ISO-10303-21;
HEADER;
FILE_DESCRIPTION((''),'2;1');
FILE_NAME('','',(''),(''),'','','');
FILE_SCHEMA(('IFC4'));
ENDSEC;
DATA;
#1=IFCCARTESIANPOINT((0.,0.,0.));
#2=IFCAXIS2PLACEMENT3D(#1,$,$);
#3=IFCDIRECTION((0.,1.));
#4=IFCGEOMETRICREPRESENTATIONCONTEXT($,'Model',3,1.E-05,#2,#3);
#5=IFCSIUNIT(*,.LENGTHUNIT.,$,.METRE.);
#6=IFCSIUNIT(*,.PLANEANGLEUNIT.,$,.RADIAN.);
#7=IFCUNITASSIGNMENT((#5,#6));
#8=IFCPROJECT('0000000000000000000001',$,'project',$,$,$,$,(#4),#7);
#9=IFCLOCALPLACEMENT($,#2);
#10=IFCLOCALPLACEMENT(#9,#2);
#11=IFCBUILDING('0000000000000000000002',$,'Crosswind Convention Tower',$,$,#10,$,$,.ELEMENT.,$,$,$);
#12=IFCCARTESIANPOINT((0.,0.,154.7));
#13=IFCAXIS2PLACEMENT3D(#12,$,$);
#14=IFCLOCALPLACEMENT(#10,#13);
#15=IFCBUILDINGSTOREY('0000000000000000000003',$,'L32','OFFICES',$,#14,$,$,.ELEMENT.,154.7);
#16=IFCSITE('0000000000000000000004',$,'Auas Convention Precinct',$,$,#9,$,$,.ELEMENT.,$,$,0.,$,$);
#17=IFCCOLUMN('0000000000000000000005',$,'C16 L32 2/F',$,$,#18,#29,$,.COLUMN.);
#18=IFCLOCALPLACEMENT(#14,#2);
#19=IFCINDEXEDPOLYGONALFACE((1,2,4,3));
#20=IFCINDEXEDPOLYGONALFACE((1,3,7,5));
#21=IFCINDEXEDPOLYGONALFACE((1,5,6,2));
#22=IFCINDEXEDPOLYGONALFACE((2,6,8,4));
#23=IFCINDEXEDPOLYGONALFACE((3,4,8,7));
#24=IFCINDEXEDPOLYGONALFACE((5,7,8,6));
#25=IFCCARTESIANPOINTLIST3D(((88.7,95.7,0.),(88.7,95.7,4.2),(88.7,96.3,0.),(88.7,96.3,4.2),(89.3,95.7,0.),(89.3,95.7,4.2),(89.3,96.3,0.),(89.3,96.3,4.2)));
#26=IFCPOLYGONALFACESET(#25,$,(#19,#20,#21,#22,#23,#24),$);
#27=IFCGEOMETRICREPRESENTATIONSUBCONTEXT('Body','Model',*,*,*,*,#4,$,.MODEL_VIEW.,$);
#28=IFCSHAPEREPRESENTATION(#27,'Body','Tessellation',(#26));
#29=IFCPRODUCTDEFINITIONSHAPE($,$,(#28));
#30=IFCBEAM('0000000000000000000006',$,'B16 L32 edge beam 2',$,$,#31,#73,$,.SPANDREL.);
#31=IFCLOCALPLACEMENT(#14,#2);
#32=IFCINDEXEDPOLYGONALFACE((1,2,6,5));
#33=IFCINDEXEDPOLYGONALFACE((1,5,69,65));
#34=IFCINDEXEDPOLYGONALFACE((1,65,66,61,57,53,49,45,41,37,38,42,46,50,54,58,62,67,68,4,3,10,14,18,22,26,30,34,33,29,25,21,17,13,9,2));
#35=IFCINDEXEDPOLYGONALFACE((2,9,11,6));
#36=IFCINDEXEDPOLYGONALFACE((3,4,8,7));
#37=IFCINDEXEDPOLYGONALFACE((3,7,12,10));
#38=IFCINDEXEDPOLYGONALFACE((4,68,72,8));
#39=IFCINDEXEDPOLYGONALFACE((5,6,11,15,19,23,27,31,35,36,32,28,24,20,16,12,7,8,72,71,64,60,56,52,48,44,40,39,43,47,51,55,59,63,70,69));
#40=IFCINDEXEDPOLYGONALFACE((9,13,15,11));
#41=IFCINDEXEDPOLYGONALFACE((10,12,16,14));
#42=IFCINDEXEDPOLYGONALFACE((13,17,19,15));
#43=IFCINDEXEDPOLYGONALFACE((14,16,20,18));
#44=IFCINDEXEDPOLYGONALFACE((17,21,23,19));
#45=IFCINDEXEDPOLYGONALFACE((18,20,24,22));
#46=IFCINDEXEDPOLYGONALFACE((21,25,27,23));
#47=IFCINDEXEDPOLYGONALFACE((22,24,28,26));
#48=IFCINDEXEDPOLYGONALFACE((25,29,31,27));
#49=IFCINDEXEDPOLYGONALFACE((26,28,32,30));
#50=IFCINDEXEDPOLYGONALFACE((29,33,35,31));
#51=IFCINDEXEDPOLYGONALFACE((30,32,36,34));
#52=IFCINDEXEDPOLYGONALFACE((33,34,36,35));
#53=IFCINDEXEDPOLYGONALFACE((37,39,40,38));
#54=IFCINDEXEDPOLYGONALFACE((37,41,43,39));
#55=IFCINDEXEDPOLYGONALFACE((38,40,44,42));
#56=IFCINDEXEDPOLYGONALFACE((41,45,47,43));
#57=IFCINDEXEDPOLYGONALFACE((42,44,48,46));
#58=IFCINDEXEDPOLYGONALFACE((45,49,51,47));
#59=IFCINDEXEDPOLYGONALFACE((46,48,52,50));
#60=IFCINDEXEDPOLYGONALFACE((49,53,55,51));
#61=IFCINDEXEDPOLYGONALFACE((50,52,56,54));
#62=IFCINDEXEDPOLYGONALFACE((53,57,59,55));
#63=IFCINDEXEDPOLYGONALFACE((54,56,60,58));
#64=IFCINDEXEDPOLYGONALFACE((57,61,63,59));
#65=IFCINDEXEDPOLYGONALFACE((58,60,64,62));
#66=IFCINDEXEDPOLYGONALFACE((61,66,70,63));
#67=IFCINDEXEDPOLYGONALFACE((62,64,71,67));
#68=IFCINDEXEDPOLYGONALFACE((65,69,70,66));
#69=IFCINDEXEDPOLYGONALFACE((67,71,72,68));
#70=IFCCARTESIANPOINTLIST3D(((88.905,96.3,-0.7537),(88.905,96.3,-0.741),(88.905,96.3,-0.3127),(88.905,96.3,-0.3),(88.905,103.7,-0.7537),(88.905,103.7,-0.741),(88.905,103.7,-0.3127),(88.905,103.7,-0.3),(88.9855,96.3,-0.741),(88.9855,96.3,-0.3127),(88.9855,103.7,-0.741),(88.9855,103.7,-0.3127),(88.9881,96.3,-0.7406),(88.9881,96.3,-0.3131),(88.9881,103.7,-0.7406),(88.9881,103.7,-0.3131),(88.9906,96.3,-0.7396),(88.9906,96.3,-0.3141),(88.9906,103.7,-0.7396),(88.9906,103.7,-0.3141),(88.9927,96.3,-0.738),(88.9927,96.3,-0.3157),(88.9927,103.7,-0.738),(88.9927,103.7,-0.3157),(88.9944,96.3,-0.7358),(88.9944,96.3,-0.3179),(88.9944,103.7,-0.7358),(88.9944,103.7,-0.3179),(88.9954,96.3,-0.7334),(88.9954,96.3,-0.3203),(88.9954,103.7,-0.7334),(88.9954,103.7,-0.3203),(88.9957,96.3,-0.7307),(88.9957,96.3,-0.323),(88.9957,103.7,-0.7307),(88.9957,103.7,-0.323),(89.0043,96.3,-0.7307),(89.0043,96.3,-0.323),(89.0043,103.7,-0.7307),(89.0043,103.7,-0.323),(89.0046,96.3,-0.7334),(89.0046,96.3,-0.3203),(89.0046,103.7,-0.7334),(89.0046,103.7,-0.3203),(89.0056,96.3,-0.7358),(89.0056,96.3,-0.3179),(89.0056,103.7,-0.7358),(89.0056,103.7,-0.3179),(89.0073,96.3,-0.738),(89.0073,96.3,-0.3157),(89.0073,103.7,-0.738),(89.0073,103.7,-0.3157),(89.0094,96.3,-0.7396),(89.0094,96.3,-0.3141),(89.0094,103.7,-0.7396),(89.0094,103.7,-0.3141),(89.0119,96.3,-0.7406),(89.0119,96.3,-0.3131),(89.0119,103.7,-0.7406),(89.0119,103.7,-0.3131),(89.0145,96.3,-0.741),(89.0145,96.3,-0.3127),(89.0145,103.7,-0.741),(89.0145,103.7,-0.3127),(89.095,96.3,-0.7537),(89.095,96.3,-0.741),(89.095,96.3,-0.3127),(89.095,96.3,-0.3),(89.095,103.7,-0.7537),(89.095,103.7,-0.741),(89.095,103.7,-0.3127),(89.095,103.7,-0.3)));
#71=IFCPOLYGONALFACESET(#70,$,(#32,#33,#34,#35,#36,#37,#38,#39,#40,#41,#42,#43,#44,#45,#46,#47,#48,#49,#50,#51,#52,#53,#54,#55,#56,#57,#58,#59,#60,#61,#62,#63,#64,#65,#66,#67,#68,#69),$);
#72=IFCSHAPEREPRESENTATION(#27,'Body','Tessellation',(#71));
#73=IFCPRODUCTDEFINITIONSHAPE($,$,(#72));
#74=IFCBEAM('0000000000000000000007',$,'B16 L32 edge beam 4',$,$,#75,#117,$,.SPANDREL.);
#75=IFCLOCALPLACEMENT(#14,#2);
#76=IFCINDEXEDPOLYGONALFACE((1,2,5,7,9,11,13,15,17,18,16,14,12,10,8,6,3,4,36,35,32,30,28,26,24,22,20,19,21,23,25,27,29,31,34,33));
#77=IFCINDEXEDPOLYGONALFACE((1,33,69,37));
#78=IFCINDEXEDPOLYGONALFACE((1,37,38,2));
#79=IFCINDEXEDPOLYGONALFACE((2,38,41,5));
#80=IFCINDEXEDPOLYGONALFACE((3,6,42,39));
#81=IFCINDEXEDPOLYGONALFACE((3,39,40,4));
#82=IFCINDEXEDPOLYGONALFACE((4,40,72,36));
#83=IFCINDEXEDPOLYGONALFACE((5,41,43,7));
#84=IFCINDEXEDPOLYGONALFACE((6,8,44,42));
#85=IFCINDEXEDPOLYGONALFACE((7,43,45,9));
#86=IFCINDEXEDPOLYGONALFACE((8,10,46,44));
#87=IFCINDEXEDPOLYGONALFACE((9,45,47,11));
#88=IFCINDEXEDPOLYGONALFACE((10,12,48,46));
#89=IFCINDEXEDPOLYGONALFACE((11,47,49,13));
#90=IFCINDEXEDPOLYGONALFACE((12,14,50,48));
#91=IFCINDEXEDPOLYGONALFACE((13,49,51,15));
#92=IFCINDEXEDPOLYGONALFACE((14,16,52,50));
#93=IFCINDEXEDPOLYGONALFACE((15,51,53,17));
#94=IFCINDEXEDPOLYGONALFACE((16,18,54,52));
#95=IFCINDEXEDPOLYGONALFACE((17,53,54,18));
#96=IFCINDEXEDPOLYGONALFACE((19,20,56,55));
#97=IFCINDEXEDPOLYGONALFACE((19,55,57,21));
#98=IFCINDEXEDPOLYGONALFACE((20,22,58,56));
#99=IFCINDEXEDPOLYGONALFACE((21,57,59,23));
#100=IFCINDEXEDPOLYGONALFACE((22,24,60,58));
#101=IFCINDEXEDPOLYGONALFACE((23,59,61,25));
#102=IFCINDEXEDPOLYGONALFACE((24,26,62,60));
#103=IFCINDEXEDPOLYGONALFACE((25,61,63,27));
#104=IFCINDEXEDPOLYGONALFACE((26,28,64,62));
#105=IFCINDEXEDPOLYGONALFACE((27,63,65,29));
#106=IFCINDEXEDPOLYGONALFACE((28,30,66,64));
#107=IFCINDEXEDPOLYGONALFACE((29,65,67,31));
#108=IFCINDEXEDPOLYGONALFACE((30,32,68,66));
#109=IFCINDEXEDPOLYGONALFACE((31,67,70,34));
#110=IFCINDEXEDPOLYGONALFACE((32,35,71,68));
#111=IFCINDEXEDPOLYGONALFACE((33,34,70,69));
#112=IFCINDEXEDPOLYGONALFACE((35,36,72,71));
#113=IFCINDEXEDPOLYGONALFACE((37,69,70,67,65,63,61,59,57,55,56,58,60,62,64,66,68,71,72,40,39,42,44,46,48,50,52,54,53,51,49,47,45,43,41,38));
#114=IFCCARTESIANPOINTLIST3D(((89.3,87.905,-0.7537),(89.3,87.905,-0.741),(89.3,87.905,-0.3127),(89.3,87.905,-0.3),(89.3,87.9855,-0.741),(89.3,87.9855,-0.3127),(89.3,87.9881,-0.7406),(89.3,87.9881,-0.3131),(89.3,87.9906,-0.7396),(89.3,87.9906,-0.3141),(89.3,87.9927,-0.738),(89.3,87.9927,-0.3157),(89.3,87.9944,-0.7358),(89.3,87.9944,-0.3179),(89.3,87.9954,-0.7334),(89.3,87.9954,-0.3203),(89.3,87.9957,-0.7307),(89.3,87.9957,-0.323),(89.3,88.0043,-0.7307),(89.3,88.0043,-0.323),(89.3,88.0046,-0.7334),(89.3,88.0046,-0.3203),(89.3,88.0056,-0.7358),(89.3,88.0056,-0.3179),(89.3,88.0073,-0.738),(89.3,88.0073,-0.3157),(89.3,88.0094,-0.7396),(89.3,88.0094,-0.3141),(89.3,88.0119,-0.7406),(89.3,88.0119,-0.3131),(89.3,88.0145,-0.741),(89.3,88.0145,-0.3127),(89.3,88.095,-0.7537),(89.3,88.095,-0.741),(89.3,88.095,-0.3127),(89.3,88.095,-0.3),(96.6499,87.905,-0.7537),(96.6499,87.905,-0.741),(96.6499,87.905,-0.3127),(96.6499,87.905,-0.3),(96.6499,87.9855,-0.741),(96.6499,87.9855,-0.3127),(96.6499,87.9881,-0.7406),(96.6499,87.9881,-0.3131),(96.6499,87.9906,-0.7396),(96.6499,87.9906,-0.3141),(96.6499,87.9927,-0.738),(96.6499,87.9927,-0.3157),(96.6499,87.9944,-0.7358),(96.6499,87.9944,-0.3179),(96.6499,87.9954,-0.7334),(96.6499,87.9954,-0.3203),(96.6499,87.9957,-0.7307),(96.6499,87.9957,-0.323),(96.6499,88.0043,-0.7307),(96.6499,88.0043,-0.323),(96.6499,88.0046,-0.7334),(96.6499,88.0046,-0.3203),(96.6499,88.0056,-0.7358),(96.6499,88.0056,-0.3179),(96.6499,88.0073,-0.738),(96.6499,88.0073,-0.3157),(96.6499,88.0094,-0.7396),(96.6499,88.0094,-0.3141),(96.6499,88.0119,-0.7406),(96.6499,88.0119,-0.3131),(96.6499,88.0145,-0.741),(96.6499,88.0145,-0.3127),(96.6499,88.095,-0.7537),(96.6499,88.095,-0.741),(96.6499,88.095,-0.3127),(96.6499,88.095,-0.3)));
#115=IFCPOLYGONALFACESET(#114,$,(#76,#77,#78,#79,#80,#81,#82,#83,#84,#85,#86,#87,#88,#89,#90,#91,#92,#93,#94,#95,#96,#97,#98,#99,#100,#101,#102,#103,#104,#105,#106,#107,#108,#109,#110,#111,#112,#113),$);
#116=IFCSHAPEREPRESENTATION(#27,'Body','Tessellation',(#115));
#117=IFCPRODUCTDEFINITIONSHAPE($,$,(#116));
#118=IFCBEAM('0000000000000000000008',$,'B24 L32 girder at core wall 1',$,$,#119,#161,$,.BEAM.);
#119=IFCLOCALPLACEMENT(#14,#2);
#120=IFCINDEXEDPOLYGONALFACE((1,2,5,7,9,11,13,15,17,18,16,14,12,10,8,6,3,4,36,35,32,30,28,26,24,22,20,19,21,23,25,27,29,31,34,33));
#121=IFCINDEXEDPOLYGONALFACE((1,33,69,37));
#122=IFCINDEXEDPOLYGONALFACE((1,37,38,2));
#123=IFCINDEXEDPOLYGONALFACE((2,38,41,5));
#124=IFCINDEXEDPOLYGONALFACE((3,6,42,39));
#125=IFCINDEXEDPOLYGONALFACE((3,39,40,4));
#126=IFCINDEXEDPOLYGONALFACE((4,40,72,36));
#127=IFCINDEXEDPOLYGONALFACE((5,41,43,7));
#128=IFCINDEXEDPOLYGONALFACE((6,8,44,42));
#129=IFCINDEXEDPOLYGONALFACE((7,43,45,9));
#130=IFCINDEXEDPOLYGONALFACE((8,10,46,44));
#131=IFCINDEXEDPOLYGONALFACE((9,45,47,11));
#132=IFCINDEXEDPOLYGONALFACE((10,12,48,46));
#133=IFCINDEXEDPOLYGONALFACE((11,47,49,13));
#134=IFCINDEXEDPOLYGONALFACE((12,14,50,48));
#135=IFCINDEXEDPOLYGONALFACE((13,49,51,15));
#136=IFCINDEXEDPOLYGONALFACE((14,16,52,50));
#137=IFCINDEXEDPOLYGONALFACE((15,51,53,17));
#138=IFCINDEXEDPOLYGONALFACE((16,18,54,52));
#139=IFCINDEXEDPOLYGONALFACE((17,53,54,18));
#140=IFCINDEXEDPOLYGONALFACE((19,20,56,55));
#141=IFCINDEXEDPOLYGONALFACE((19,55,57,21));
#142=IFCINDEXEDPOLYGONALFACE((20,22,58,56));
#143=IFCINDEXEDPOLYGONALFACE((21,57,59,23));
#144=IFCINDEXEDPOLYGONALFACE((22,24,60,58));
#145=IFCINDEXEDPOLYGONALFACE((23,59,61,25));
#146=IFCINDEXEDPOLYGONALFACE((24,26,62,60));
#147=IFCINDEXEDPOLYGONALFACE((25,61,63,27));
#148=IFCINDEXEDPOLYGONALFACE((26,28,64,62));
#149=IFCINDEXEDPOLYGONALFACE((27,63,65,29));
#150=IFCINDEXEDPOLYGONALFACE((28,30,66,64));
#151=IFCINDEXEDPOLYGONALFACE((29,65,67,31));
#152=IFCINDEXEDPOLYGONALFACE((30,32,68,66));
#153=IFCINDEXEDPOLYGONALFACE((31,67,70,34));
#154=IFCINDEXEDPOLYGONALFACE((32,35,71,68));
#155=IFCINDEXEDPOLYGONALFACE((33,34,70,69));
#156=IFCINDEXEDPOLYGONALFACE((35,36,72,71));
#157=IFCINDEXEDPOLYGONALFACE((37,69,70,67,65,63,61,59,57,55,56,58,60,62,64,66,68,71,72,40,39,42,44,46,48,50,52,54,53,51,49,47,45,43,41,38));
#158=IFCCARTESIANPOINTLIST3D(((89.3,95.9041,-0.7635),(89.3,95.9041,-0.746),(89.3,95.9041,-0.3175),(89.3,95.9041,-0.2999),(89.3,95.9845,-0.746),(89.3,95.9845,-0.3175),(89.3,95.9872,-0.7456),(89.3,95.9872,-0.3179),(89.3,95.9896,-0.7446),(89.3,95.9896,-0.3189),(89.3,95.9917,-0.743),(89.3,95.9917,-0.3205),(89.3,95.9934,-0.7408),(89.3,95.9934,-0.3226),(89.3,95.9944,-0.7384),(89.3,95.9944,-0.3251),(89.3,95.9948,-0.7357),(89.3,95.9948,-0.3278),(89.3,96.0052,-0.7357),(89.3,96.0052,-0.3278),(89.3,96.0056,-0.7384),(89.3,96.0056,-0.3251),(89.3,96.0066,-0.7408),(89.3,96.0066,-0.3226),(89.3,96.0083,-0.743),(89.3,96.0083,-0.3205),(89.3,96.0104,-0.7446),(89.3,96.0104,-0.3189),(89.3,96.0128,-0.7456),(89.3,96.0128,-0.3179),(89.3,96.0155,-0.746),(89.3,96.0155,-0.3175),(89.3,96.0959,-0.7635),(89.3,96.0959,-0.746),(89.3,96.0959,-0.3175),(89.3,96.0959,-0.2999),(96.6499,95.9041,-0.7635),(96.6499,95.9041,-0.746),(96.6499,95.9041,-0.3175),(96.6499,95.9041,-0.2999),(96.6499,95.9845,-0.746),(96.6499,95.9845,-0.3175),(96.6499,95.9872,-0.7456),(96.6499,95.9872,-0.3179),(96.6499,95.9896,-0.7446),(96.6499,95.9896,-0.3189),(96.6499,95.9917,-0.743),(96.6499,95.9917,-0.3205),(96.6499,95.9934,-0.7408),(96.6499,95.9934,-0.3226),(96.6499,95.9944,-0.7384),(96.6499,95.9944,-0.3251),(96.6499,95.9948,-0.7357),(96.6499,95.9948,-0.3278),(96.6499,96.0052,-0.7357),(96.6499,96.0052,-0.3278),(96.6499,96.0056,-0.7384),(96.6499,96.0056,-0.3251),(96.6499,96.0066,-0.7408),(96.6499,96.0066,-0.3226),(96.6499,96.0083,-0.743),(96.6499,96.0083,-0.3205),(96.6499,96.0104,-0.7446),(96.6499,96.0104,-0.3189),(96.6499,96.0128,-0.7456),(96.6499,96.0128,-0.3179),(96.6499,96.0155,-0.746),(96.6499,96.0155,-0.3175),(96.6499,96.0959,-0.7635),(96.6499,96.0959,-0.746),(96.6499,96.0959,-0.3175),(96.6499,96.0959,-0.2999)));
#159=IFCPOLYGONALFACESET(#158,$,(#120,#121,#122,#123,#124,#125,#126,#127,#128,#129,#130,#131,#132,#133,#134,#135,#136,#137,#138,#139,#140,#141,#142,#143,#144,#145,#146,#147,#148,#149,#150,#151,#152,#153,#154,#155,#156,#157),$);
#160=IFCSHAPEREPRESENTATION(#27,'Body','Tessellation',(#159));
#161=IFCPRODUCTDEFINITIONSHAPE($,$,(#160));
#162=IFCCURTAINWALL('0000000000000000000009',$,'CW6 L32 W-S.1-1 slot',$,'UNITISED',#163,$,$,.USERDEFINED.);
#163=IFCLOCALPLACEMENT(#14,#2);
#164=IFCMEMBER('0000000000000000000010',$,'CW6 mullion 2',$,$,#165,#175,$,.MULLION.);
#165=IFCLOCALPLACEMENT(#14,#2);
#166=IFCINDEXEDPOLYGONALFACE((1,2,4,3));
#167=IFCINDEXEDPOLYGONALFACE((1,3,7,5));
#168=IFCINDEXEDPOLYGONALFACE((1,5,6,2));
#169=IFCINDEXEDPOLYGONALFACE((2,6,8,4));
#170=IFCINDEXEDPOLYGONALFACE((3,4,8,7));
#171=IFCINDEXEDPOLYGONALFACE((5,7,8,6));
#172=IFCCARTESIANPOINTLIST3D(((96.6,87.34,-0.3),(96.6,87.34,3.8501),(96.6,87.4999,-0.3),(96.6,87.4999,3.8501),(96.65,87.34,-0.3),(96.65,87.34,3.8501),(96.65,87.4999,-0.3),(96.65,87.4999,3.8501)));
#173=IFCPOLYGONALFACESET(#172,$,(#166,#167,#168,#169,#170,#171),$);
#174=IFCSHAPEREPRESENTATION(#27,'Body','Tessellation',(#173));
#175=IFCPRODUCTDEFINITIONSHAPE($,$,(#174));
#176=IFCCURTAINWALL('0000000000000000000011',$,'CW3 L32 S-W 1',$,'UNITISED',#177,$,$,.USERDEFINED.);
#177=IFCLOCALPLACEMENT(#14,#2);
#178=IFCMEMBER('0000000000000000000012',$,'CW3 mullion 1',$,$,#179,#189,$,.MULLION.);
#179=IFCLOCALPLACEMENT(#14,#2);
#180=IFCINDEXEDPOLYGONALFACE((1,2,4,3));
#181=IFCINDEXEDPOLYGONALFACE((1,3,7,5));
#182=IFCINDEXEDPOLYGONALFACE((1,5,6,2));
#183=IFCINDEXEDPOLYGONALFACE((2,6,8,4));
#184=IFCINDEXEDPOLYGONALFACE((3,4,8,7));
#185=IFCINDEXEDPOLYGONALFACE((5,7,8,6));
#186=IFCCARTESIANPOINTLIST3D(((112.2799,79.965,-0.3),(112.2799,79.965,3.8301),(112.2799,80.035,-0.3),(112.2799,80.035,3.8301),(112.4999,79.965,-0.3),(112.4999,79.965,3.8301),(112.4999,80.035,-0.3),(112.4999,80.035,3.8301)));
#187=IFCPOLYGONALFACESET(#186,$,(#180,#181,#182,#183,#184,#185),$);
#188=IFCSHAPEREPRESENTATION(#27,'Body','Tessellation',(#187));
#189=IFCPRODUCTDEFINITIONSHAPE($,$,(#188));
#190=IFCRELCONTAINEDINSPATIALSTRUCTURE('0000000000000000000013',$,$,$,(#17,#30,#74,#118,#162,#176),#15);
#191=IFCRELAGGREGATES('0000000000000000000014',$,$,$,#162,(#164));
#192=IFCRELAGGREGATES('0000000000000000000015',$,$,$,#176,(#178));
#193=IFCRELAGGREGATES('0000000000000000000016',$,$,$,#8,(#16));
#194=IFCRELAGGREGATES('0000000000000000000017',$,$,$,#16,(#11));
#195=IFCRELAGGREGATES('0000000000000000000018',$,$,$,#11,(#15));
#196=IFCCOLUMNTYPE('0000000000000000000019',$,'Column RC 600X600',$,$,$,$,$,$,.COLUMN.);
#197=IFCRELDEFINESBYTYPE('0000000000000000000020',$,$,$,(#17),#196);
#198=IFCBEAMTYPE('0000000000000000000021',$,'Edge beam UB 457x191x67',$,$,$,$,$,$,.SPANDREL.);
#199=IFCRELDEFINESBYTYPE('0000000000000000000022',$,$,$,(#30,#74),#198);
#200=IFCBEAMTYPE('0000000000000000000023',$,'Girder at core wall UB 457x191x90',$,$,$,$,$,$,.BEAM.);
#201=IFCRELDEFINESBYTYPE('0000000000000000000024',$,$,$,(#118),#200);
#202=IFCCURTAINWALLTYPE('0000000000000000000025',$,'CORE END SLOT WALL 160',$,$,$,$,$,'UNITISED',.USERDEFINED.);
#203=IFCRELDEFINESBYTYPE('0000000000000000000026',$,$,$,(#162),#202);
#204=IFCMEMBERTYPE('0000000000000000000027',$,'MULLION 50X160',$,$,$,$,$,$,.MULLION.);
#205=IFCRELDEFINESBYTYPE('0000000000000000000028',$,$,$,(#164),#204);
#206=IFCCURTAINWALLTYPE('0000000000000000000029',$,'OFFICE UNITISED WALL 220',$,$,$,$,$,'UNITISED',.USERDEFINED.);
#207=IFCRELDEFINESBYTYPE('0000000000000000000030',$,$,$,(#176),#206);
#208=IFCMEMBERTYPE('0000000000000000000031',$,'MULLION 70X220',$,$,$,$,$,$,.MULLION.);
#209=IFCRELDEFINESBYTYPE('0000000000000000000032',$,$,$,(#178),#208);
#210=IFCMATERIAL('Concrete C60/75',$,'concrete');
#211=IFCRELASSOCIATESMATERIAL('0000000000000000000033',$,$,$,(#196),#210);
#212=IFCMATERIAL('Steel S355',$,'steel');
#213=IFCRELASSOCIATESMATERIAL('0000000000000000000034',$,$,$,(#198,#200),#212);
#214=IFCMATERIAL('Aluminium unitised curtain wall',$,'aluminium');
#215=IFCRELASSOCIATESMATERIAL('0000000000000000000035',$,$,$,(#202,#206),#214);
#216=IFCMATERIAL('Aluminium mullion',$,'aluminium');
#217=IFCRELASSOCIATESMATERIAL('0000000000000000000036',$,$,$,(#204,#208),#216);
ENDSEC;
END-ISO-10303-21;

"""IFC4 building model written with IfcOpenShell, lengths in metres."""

from ifc_helpers import new_model, si_unit, direction, frame, origin, origin_2d, place, context, subcontext, project, spatial, rectangle, i_section, extrude, material, material_profile, profile_set, type_object, element, aggregate, save


model = new_model("IFC4")

# Units and contexts
model_context = context("Model", 3, precision=1e-05, world=origin(), true_north=direction((0.0, 1.0)))
body_context = subcontext(model_context, "Body", "Model", "MODEL_VIEW")
ifc_project = project(units=[si_unit("LENGTHUNIT", "METRE"), si_unit("PLANEANGLEUNIT", "RADIAN")], contexts=[model_context])

# Site, building, storey
site_placement = place(None, origin())
site = spatial("IfcSite", under=ifc_project, at=site_placement, Name="Auas Convention Precinct", CompositionType="ELEMENT", RefElevation=0.0)
building_placement = place(site_placement, origin())
building = spatial("IfcBuilding", under=site, at=building_placement, Name="Crosswind Convention Tower", CompositionType="ELEMENT")
storey_placement = place(building_placement, frame((0.0, 0.0, 154.7)))
storey = spatial("IfcBuildingStorey", under=building, at=storey_placement, Name="L32", Description="OFFICES", CompositionType="ELEMENT", Elevation=154.7)

# Column
ifc_material_1 = material(Name="Concrete C60/75", Category="concrete")
ifc_material_profile_1 = material_profile(ifc_material_1, rectangle(XDim=0.6001, YDim=0.6001, at=origin_2d()), Name="RC 600X600")
ifc_profile_set_1 = profile_set([ifc_material_profile_1], Name="Concrete C60/75")
column_type = type_object("IfcColumnType", Name="Column RC 600X600", PredefinedType="COLUMN", material=ifc_profile_set_1)
column_placement = place(storey_placement, frame((89.0, 96.0, 0.0), z_axis=(0.0, 0.0, 1.0), x_axis=(1.0, 0.0, 0.0)))
element("IfcColumn", 1, at=column_placement, inside=storey, type_object=column_type, Name="C16 L32 2/F", PredefinedType="COLUMN", context=body_context, shape_type="SweptSolid", body=[
    extrude(rectangle(XDim=0.6001, YDim=0.6001, at=origin_2d()), origin(), (0.0, 0.0, 1.0), 4.2),
])

# Beams
ifc_material_2 = material(Name="Steel S355", Category="steel")
ifc_material_profile_2 = material_profile(ifc_material_2, i_section(OverallWidth=0.1899, OverallDepth=0.4536, WebThickness=0.0085, FlangeThickness=0.0127, FilletRadius=0.0103, at=origin_2d()), Name="UB 457x191x67")
ifc_profile_set_2 = profile_set([ifc_material_profile_2], Name="Steel S355")
beam_type_1 = type_object("IfcBeamType", Name="Edge beam UB 457x191x67", PredefinedType="SPANDREL", material=ifc_profile_set_2)
beam_1_placement = place(storey_placement, frame((89.0, 96.3, -0.5269), z_axis=(0.0, 1.0, 0.0), x_axis=(-1.0, 0.0, 0.0)))
element("IfcBeam", 2, at=beam_1_placement, inside=storey, type_object=beam_type_1, Name="B16 L32 edge beam 2", PredefinedType="SPANDREL", context=body_context, shape_type="SweptSolid", body=[
    extrude(i_section(OverallWidth=0.1899, OverallDepth=0.4536, WebThickness=0.0085, FlangeThickness=0.0127, FilletRadius=0.0103, at=origin_2d()), origin(), (0.0, 0.0, 1.0), 7.3999),
])
beam_2_placement = place(storey_placement, frame((89.3, 88.0, -0.5269), z_axis=(1.0, 0.0, 0.0), x_axis=(0.0, 1.0, 0.0)))
element("IfcBeam", 3, at=beam_2_placement, inside=storey, type_object=beam_type_1, Name="B16 L32 edge beam 4", PredefinedType="SPANDREL", context=body_context, shape_type="SweptSolid", body=[
    extrude(i_section(OverallWidth=0.1899, OverallDepth=0.4536, WebThickness=0.0085, FlangeThickness=0.0127, FilletRadius=0.0103, at=origin_2d()), origin(), (0.0, 0.0, 1.0), 7.3499),
])
ifc_material_profile_3 = material_profile(ifc_material_2, i_section(OverallWidth=0.1919, OverallDepth=0.4636, WebThickness=0.0105, FlangeThickness=0.0176, FilletRadius=0.0103, at=origin_2d()), Name="UB 457x191x90")
ifc_profile_set_3 = profile_set([ifc_material_profile_3], Name="Steel S355")
beam_type_2 = type_object("IfcBeamType", Name="Girder at core wall UB 457x191x90", PredefinedType="BEAM", material=ifc_profile_set_3)
beam_3_placement = place(storey_placement, frame((89.3, 96.0, -0.5317), z_axis=(1.0, 0.0, 0.0), x_axis=(0.0, 1.0, 0.0)))
element("IfcBeam", 4, at=beam_3_placement, inside=storey, type_object=beam_type_2, Name="B24 L32 girder at core wall 1", PredefinedType="BEAM", context=body_context, shape_type="SweptSolid", body=[
    extrude(i_section(OverallWidth=0.1919, OverallDepth=0.4636, WebThickness=0.0105, FlangeThickness=0.0176, FilletRadius=0.0103, at=origin_2d()), origin(), (0.0, 0.0, 1.0), 7.3499),
])

# Curtain wall, member
ifc_material_3 = material(Name="Aluminium unitised curtain wall", Category="aluminium")
curtain_wall_type_1 = type_object("IfcCurtainWallType", Name="CORE END SLOT WALL 160", ElementType="UNITISED", PredefinedType="USERDEFINED", material=ifc_material_3)
curtain_wall_1_placement = place(storey_placement, origin())
curtain_wall_1 = element("IfcCurtainWall", 5, at=curtain_wall_1_placement, inside=storey, type_object=curtain_wall_type_1, Name="CW6 L32 W-S.1-1 slot", ObjectType="UNITISED", PredefinedType="USERDEFINED")
ifc_material_4 = material(Name="Aluminium mullion", Category="aluminium")
ifc_material_profile_4 = material_profile(ifc_material_4, rectangle(XDim=0.1599, YDim=0.05, at=origin_2d()), Name="AL 160X50")
ifc_profile_set_4 = profile_set([ifc_material_profile_4], Name="Aluminium mullion")
member_type_1 = type_object("IfcMemberType", Name="MULLION 50X160", PredefinedType="MULLION", material=ifc_profile_set_4)
member_1_placement = place(storey_placement, frame((96.625, 87.4199, -0.3), z_axis=(0.0, 0.0, 1.0), x_axis=(0.0, -1.0, 0.0)))
member_1 = element("IfcMember", 6, at=member_1_placement, type_object=member_type_1, Name="CW6 mullion 2", PredefinedType="MULLION", context=body_context, shape_type="SweptSolid", body=[
    extrude(rectangle(XDim=0.1599, YDim=0.05, at=origin_2d()), origin(), (0.0, 0.0, 1.0), 4.1501),
])
aggregate(curtain_wall_1, [member_1])

# Curtain wall, member
curtain_wall_type_2 = type_object("IfcCurtainWallType", Name="OFFICE UNITISED WALL 220", ElementType="UNITISED", PredefinedType="USERDEFINED", material=ifc_material_3)
curtain_wall_2_placement = place(storey_placement, origin())
curtain_wall_2 = element("IfcCurtainWall", 7, at=curtain_wall_2_placement, inside=storey, type_object=curtain_wall_type_2, Name="CW3 L32 S-W 1", ObjectType="UNITISED", PredefinedType="USERDEFINED")
ifc_material_profile_5 = material_profile(ifc_material_4, rectangle(XDim=0.22, YDim=0.0701, at=origin_2d()), Name="AL 220X70")
ifc_profile_set_5 = profile_set([ifc_material_profile_5], Name="Aluminium mullion")
member_type_2 = type_object("IfcMemberType", Name="MULLION 70X220", PredefinedType="MULLION", material=ifc_profile_set_5)
member_2_placement = place(storey_placement, frame((112.3899, 80.0, -0.3), z_axis=(0.0, 0.0, 1.0), x_axis=(-1.0, 0.0, 0.0)))
member_2 = element("IfcMember", 8, at=member_2_placement, type_object=member_type_2, Name="CW3 mullion 1", PredefinedType="MULLION", context=body_context, shape_type="SweptSolid", body=[
    extrude(rectangle(XDim=0.22, YDim=0.0701, at=origin_2d()), origin(), (0.0, 0.0, 1.0), 4.1301),
])

aggregate(curtain_wall_2, [member_2])

save(model, "model.ifc")
